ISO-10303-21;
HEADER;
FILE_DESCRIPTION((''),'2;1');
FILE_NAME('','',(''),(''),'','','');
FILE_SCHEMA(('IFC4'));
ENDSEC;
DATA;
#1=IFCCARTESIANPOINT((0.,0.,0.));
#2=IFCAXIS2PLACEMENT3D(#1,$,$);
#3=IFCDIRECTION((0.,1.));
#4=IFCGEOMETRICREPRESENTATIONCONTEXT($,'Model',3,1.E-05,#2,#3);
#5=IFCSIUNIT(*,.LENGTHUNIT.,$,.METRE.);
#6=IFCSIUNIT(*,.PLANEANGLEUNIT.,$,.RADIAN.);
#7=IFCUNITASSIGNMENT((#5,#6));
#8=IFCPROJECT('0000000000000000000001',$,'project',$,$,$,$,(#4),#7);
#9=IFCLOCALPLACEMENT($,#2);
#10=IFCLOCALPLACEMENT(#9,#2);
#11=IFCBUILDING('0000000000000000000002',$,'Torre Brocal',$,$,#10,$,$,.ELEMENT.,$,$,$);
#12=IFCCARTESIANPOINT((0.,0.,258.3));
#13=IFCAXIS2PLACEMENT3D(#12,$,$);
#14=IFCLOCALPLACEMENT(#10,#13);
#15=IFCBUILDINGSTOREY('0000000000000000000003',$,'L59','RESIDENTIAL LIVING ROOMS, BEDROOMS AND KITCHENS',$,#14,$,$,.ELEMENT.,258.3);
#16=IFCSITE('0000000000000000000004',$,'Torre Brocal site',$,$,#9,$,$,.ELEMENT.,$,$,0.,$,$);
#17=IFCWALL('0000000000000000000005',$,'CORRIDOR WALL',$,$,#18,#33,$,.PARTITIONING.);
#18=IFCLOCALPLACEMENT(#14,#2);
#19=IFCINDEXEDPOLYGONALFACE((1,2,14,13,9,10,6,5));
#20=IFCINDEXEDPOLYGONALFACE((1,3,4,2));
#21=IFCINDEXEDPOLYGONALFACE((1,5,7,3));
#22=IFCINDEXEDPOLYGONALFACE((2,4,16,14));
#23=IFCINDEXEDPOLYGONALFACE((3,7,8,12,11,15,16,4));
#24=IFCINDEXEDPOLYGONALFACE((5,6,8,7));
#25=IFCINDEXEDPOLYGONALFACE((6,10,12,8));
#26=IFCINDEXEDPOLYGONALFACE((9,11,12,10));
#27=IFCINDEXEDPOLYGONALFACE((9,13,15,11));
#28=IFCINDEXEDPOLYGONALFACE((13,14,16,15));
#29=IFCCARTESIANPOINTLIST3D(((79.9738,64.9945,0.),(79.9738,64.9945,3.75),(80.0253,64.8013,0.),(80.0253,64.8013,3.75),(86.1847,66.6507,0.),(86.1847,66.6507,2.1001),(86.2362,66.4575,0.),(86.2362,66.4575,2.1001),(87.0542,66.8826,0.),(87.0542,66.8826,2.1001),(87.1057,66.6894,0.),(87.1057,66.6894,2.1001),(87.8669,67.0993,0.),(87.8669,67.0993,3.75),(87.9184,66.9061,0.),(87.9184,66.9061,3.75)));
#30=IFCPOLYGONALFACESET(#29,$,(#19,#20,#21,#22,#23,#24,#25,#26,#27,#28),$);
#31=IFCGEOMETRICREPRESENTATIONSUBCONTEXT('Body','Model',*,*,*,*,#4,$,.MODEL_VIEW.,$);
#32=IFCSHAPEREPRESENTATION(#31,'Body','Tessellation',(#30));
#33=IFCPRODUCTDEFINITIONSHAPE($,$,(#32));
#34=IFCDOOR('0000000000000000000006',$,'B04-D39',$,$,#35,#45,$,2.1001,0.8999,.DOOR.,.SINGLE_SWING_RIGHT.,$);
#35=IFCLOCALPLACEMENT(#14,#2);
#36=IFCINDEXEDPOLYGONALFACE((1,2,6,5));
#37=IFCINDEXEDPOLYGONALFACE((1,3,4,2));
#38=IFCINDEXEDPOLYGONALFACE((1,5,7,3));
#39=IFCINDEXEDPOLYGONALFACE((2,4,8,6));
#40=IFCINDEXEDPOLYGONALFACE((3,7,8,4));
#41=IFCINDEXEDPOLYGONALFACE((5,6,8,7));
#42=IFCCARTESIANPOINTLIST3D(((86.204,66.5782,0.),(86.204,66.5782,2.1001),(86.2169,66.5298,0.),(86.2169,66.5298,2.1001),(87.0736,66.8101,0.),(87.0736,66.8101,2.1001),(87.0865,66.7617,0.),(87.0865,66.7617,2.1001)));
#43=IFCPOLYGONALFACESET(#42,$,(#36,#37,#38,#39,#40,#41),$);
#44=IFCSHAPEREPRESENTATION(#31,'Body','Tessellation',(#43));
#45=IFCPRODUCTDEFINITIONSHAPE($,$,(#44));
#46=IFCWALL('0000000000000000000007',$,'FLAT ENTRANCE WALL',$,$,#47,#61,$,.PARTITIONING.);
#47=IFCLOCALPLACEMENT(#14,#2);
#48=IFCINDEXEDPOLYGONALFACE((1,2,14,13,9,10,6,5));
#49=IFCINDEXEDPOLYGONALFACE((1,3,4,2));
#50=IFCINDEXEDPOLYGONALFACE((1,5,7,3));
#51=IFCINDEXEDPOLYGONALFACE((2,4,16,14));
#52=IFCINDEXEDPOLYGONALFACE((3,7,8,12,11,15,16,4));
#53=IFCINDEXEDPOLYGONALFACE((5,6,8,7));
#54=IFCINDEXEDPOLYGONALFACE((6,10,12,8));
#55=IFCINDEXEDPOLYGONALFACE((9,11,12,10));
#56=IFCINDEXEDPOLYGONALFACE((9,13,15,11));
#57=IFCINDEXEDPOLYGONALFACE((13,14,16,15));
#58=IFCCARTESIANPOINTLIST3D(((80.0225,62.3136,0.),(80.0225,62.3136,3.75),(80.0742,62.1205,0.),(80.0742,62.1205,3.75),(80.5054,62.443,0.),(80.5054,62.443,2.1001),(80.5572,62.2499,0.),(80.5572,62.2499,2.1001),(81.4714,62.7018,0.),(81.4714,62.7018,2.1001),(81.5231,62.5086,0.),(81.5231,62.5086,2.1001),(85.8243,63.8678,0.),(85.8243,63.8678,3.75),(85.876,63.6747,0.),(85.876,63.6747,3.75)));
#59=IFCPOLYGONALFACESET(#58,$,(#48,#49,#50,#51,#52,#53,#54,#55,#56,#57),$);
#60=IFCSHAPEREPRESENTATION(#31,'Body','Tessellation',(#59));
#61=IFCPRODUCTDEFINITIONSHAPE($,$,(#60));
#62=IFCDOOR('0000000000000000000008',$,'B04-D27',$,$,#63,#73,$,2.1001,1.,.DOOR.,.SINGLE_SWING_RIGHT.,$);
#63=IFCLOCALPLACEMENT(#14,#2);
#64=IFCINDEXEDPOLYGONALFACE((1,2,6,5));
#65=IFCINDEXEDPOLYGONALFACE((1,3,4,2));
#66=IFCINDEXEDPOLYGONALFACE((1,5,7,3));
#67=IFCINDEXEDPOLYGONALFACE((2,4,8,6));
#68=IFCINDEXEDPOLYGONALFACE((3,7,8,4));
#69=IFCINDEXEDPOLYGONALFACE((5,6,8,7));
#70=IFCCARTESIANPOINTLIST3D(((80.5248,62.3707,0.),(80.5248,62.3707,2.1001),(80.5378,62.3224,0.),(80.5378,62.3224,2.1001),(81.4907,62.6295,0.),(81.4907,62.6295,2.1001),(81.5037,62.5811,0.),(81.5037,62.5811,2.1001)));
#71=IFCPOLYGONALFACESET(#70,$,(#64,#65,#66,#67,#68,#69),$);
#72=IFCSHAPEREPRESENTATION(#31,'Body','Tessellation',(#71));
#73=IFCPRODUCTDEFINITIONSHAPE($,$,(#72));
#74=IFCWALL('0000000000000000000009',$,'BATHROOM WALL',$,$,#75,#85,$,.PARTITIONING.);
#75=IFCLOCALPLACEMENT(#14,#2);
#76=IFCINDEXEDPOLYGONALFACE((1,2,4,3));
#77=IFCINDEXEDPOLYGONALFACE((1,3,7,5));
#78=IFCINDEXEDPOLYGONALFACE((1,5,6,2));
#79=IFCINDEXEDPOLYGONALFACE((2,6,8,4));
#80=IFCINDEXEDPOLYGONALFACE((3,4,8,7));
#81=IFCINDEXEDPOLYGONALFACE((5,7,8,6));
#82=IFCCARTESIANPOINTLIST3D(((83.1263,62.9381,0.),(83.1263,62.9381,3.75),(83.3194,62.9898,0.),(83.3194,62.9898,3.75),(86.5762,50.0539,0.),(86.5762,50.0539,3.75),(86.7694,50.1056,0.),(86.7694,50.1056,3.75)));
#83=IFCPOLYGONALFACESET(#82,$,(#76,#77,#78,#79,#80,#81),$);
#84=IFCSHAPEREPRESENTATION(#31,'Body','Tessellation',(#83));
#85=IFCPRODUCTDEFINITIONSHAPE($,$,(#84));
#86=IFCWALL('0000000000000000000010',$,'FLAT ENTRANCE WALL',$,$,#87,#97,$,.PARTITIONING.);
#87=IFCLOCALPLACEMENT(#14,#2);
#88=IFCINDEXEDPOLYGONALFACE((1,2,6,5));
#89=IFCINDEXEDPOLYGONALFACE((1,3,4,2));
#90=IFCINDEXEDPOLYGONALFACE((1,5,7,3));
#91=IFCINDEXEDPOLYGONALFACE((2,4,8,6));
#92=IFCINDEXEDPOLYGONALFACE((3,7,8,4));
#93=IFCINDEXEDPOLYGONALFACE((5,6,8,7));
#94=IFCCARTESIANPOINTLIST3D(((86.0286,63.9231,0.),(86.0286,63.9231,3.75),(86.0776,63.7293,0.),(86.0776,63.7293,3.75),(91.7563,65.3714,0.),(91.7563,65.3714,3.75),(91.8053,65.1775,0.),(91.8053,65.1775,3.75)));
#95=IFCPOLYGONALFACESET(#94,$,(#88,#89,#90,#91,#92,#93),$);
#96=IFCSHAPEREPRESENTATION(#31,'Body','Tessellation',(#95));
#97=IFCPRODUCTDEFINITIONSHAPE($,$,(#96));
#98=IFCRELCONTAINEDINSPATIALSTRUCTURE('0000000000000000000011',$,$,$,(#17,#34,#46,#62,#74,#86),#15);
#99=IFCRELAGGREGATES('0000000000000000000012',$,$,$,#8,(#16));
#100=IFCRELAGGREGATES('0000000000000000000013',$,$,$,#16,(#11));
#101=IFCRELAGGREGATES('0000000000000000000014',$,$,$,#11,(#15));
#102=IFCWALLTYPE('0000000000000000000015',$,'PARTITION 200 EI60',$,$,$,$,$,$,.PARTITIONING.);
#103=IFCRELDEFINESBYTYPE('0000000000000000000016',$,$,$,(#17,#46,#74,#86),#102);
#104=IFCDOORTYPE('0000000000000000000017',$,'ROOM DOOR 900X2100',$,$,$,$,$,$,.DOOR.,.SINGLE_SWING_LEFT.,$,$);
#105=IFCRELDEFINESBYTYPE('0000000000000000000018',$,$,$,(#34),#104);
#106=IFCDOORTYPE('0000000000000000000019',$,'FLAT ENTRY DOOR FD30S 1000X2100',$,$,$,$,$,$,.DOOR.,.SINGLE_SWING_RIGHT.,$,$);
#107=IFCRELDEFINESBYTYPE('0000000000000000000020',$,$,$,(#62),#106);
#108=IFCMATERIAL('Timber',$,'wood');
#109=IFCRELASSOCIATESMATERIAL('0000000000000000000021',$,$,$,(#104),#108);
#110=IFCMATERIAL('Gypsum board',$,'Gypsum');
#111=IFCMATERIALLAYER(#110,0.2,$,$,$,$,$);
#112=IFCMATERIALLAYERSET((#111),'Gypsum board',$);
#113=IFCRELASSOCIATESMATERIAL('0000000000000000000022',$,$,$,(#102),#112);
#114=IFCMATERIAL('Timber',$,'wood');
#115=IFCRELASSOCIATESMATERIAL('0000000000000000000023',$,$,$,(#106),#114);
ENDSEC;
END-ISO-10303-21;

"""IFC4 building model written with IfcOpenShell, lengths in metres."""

from ifc_helpers import new_model, si_unit, direction, frame, frame_2d, origin, place, context, subcontext, project, spatial, rectangle, extrude, material, layer, layer_set, type_object, element, fill, save


model = new_model("IFC4")

# Units and contexts
model_context = context("Model", 3, precision=1e-05, world=origin(), true_north=direction((0.0, 1.0)))
body_context = subcontext(model_context, "Body", "Model", "MODEL_VIEW")
ifc_project = project(units=[si_unit("LENGTHUNIT", "METRE"), si_unit("PLANEANGLEUNIT", "RADIAN")], contexts=[model_context])

# Site, building, storey
site_placement = place(None, origin())
site = spatial("IfcSite", under=ifc_project, at=site_placement, Name="Torre Brocal site", CompositionType="ELEMENT", RefElevation=0.0)
building_placement = place(site_placement, origin())
building = spatial("IfcBuilding", under=site, at=building_placement, Name="Torre Brocal", CompositionType="ELEMENT")
storey_placement = place(building_placement, frame((0.0, 0.0, 258.3)))
storey = spatial("IfcBuildingStorey", under=building, at=storey_placement, Name="L59", Description="RESIDENTIAL LIVING ROOMS, BEDROOMS AND KITCHENS", CompositionType="ELEMENT", Elevation=258.3)

# Shared definitions
ifc_material_1 = material(Name="Timber", Category="wood")
door_type_1 = type_object("IfcDoorType", Name="ROOM DOOR 900X2100", OperationType="SINGLE_SWING_LEFT", PredefinedType="DOOR", material=ifc_material_1)

# Walls, openings, doors
ifc_material_2 = material(Name="Gypsum board", Category="Gypsum")
ifc_layer_1 = layer(ifc_material_2, 0.2)
ifc_layer_set_1 = layer_set([ifc_layer_1], Name="Gypsum board")
wall_type_1 = type_object("IfcWallType", Name="PARTITION 200 EI60", PredefinedType="PARTITIONING", material=ifc_layer_set_1)
wall_1_placement = place(storey_placement, frame((79.9995, 64.8979, 0.0), z_axis=(0.0, 0.0, 1.0), x_axis=(0.966237, 0.257653, 0.0)))
wall_1 = element("IfcWall", 1, at=wall_1_placement, inside=storey, type_object=wall_type_1, Name="CORRIDOR WALL", PredefinedType="PARTITIONING", context=body_context, shape_type="SweptSolid", body=[
    extrude(rectangle(XDim=8.1689, YDim=0.2, at=frame_2d((4.0845, 0.0))), origin(), (0.0, 0.0, 1.0), 3.75),
])
opening_1_placement = place(wall_1_placement, frame((6.428, 0.0, 0.0)))
opening_1 = element("IfcOpeningElement", 2, at=opening_1_placement, cuts=wall_1, PredefinedType="OPENING", context=body_context, shape_type="SweptSolid", body=[
    extrude(rectangle(XDim=0.8999, YDim=2.1001, at=frame_2d((0.45, 1.05))), frame((0.0, 0.1099, 0.0), z_axis=(0.0, -1.0, 0.0), x_axis=(1.0, 0.0, 0.0)), (0.0, 0.0, 1.0), 0.22),
])
door_1_placement = place(opening_1_placement, origin())
door_1 = element("IfcDoor", 3, at=door_1_placement, inside=storey, type_object=door_type_1, Name="B04-D39", OperationType="SINGLE_SWING_RIGHT", OverallHeight=2.1001, OverallWidth=0.8999, PredefinedType="DOOR", context=body_context, shape_type="SweptSolid", body=[
    extrude(rectangle(XDim=0.8999, YDim=2.1001, at=frame_2d((0.45, 1.05))), frame((0.0, 0.0249, 0.0), z_axis=(0.0, -1.0, 0.0), x_axis=(1.0, 0.0, 0.0)), (0.0, 0.0, 1.0), 0.05),
])
fill(opening_1, door_1)
wall_2_placement = place(storey_placement, frame((80.0483, 62.217, 0.0), z_axis=(0.0, 0.0, 1.0), x_axis=(0.965942, 0.25876, 0.0)))
wall_2 = element("IfcWall", 4, at=wall_2_placement, inside=storey, type_object=wall_type_1, Name="FLAT ENTRANCE WALL", PredefinedType="PARTITIONING", context=body_context, shape_type="SweptSolid", body=[
    extrude(rectangle(XDim=6.0063, YDim=0.2, at=frame_2d((3.0032, 0.0))), origin(), (0.0, 0.0, 1.0), 3.75),
])
opening_2_placement = place(wall_2_placement, frame((0.5, 0.0, 0.0)))
opening_2 = element("IfcOpeningElement", 5, at=opening_2_placement, cuts=wall_2, PredefinedType="OPENING", context=body_context, shape_type="SweptSolid", body=[
    extrude(rectangle(XDim=1.0, YDim=2.1001, at=frame_2d((0.5, 1.05))), frame((0.0, 0.1099, 0.0), z_axis=(0.0, -1.0, 0.0), x_axis=(1.0, 0.0, 0.0)), (0.0, 0.0, 1.0), 0.22),
])
ifc_material_3 = material(Name="Timber", Category="wood")
door_type_2 = type_object("IfcDoorType", Name="FLAT ENTRY DOOR FD30S 1000X2100", OperationType="SINGLE_SWING_RIGHT", PredefinedType="DOOR", material=ifc_material_3)
door_2_placement = place(opening_2_placement, frame((1.0, 0.0, 0.0), z_axis=(0.0, 0.0, 1.0), x_axis=(-1.0, 0.0, 0.0)))
door_2 = element("IfcDoor", 6, at=door_2_placement, inside=storey, type_object=door_type_2, Name="B04-D27", OperationType="SINGLE_SWING_RIGHT", OverallHeight=2.1001, OverallWidth=1.0, PredefinedType="DOOR", context=body_context, shape_type="SweptSolid", body=[
    extrude(rectangle(XDim=1.0, YDim=2.1001, at=frame_2d((0.5, 1.05))), frame((0.0, 0.0249, 0.0), z_axis=(0.0, -1.0, 0.0), x_axis=(1.0, 0.0, 0.0)), (0.0, 0.0, 1.0), 0.05),
])
fill(opening_2, door_2)

# Walls
wall_3_placement = place(storey_placement, frame((83.2229, 62.9639, 0.0), z_axis=(0.0, 0.0, 1.0), x_axis=(0.258653, -0.96597, 0.0)))
element("IfcWall", 7, at=wall_3_placement, inside=storey, type_object=wall_type_1, Name="BATHROOM WALL", PredefinedType="PARTITIONING", context=body_context, shape_type="SweptSolid", body=[
    extrude(rectangle(XDim=13.3381, YDim=0.2, at=frame_2d((6.6689, 0.0))), origin(), (0.0, 0.0, 1.0), 3.75),
])
wall_4_placement = place(storey_placement, frame((86.053, 63.8262, 0.0), z_axis=(0.0, 0.0, 1.0), x_axis=(0.96949, 0.245131, 0.0)))
element("IfcWall", 8, at=wall_4_placement, inside=storey, type_object=wall_type_1, Name="FLAT ENTRANCE WALL", PredefinedType="PARTITIONING", context=body_context, shape_type="SweptSolid", body=[
    extrude(rectangle(XDim=5.908, YDim=0.2, at=frame_2d((2.9541, 0.0))), origin(), (0.0, 0.0, 1.0), 3.75),
])

save(model, "model.ifc")
